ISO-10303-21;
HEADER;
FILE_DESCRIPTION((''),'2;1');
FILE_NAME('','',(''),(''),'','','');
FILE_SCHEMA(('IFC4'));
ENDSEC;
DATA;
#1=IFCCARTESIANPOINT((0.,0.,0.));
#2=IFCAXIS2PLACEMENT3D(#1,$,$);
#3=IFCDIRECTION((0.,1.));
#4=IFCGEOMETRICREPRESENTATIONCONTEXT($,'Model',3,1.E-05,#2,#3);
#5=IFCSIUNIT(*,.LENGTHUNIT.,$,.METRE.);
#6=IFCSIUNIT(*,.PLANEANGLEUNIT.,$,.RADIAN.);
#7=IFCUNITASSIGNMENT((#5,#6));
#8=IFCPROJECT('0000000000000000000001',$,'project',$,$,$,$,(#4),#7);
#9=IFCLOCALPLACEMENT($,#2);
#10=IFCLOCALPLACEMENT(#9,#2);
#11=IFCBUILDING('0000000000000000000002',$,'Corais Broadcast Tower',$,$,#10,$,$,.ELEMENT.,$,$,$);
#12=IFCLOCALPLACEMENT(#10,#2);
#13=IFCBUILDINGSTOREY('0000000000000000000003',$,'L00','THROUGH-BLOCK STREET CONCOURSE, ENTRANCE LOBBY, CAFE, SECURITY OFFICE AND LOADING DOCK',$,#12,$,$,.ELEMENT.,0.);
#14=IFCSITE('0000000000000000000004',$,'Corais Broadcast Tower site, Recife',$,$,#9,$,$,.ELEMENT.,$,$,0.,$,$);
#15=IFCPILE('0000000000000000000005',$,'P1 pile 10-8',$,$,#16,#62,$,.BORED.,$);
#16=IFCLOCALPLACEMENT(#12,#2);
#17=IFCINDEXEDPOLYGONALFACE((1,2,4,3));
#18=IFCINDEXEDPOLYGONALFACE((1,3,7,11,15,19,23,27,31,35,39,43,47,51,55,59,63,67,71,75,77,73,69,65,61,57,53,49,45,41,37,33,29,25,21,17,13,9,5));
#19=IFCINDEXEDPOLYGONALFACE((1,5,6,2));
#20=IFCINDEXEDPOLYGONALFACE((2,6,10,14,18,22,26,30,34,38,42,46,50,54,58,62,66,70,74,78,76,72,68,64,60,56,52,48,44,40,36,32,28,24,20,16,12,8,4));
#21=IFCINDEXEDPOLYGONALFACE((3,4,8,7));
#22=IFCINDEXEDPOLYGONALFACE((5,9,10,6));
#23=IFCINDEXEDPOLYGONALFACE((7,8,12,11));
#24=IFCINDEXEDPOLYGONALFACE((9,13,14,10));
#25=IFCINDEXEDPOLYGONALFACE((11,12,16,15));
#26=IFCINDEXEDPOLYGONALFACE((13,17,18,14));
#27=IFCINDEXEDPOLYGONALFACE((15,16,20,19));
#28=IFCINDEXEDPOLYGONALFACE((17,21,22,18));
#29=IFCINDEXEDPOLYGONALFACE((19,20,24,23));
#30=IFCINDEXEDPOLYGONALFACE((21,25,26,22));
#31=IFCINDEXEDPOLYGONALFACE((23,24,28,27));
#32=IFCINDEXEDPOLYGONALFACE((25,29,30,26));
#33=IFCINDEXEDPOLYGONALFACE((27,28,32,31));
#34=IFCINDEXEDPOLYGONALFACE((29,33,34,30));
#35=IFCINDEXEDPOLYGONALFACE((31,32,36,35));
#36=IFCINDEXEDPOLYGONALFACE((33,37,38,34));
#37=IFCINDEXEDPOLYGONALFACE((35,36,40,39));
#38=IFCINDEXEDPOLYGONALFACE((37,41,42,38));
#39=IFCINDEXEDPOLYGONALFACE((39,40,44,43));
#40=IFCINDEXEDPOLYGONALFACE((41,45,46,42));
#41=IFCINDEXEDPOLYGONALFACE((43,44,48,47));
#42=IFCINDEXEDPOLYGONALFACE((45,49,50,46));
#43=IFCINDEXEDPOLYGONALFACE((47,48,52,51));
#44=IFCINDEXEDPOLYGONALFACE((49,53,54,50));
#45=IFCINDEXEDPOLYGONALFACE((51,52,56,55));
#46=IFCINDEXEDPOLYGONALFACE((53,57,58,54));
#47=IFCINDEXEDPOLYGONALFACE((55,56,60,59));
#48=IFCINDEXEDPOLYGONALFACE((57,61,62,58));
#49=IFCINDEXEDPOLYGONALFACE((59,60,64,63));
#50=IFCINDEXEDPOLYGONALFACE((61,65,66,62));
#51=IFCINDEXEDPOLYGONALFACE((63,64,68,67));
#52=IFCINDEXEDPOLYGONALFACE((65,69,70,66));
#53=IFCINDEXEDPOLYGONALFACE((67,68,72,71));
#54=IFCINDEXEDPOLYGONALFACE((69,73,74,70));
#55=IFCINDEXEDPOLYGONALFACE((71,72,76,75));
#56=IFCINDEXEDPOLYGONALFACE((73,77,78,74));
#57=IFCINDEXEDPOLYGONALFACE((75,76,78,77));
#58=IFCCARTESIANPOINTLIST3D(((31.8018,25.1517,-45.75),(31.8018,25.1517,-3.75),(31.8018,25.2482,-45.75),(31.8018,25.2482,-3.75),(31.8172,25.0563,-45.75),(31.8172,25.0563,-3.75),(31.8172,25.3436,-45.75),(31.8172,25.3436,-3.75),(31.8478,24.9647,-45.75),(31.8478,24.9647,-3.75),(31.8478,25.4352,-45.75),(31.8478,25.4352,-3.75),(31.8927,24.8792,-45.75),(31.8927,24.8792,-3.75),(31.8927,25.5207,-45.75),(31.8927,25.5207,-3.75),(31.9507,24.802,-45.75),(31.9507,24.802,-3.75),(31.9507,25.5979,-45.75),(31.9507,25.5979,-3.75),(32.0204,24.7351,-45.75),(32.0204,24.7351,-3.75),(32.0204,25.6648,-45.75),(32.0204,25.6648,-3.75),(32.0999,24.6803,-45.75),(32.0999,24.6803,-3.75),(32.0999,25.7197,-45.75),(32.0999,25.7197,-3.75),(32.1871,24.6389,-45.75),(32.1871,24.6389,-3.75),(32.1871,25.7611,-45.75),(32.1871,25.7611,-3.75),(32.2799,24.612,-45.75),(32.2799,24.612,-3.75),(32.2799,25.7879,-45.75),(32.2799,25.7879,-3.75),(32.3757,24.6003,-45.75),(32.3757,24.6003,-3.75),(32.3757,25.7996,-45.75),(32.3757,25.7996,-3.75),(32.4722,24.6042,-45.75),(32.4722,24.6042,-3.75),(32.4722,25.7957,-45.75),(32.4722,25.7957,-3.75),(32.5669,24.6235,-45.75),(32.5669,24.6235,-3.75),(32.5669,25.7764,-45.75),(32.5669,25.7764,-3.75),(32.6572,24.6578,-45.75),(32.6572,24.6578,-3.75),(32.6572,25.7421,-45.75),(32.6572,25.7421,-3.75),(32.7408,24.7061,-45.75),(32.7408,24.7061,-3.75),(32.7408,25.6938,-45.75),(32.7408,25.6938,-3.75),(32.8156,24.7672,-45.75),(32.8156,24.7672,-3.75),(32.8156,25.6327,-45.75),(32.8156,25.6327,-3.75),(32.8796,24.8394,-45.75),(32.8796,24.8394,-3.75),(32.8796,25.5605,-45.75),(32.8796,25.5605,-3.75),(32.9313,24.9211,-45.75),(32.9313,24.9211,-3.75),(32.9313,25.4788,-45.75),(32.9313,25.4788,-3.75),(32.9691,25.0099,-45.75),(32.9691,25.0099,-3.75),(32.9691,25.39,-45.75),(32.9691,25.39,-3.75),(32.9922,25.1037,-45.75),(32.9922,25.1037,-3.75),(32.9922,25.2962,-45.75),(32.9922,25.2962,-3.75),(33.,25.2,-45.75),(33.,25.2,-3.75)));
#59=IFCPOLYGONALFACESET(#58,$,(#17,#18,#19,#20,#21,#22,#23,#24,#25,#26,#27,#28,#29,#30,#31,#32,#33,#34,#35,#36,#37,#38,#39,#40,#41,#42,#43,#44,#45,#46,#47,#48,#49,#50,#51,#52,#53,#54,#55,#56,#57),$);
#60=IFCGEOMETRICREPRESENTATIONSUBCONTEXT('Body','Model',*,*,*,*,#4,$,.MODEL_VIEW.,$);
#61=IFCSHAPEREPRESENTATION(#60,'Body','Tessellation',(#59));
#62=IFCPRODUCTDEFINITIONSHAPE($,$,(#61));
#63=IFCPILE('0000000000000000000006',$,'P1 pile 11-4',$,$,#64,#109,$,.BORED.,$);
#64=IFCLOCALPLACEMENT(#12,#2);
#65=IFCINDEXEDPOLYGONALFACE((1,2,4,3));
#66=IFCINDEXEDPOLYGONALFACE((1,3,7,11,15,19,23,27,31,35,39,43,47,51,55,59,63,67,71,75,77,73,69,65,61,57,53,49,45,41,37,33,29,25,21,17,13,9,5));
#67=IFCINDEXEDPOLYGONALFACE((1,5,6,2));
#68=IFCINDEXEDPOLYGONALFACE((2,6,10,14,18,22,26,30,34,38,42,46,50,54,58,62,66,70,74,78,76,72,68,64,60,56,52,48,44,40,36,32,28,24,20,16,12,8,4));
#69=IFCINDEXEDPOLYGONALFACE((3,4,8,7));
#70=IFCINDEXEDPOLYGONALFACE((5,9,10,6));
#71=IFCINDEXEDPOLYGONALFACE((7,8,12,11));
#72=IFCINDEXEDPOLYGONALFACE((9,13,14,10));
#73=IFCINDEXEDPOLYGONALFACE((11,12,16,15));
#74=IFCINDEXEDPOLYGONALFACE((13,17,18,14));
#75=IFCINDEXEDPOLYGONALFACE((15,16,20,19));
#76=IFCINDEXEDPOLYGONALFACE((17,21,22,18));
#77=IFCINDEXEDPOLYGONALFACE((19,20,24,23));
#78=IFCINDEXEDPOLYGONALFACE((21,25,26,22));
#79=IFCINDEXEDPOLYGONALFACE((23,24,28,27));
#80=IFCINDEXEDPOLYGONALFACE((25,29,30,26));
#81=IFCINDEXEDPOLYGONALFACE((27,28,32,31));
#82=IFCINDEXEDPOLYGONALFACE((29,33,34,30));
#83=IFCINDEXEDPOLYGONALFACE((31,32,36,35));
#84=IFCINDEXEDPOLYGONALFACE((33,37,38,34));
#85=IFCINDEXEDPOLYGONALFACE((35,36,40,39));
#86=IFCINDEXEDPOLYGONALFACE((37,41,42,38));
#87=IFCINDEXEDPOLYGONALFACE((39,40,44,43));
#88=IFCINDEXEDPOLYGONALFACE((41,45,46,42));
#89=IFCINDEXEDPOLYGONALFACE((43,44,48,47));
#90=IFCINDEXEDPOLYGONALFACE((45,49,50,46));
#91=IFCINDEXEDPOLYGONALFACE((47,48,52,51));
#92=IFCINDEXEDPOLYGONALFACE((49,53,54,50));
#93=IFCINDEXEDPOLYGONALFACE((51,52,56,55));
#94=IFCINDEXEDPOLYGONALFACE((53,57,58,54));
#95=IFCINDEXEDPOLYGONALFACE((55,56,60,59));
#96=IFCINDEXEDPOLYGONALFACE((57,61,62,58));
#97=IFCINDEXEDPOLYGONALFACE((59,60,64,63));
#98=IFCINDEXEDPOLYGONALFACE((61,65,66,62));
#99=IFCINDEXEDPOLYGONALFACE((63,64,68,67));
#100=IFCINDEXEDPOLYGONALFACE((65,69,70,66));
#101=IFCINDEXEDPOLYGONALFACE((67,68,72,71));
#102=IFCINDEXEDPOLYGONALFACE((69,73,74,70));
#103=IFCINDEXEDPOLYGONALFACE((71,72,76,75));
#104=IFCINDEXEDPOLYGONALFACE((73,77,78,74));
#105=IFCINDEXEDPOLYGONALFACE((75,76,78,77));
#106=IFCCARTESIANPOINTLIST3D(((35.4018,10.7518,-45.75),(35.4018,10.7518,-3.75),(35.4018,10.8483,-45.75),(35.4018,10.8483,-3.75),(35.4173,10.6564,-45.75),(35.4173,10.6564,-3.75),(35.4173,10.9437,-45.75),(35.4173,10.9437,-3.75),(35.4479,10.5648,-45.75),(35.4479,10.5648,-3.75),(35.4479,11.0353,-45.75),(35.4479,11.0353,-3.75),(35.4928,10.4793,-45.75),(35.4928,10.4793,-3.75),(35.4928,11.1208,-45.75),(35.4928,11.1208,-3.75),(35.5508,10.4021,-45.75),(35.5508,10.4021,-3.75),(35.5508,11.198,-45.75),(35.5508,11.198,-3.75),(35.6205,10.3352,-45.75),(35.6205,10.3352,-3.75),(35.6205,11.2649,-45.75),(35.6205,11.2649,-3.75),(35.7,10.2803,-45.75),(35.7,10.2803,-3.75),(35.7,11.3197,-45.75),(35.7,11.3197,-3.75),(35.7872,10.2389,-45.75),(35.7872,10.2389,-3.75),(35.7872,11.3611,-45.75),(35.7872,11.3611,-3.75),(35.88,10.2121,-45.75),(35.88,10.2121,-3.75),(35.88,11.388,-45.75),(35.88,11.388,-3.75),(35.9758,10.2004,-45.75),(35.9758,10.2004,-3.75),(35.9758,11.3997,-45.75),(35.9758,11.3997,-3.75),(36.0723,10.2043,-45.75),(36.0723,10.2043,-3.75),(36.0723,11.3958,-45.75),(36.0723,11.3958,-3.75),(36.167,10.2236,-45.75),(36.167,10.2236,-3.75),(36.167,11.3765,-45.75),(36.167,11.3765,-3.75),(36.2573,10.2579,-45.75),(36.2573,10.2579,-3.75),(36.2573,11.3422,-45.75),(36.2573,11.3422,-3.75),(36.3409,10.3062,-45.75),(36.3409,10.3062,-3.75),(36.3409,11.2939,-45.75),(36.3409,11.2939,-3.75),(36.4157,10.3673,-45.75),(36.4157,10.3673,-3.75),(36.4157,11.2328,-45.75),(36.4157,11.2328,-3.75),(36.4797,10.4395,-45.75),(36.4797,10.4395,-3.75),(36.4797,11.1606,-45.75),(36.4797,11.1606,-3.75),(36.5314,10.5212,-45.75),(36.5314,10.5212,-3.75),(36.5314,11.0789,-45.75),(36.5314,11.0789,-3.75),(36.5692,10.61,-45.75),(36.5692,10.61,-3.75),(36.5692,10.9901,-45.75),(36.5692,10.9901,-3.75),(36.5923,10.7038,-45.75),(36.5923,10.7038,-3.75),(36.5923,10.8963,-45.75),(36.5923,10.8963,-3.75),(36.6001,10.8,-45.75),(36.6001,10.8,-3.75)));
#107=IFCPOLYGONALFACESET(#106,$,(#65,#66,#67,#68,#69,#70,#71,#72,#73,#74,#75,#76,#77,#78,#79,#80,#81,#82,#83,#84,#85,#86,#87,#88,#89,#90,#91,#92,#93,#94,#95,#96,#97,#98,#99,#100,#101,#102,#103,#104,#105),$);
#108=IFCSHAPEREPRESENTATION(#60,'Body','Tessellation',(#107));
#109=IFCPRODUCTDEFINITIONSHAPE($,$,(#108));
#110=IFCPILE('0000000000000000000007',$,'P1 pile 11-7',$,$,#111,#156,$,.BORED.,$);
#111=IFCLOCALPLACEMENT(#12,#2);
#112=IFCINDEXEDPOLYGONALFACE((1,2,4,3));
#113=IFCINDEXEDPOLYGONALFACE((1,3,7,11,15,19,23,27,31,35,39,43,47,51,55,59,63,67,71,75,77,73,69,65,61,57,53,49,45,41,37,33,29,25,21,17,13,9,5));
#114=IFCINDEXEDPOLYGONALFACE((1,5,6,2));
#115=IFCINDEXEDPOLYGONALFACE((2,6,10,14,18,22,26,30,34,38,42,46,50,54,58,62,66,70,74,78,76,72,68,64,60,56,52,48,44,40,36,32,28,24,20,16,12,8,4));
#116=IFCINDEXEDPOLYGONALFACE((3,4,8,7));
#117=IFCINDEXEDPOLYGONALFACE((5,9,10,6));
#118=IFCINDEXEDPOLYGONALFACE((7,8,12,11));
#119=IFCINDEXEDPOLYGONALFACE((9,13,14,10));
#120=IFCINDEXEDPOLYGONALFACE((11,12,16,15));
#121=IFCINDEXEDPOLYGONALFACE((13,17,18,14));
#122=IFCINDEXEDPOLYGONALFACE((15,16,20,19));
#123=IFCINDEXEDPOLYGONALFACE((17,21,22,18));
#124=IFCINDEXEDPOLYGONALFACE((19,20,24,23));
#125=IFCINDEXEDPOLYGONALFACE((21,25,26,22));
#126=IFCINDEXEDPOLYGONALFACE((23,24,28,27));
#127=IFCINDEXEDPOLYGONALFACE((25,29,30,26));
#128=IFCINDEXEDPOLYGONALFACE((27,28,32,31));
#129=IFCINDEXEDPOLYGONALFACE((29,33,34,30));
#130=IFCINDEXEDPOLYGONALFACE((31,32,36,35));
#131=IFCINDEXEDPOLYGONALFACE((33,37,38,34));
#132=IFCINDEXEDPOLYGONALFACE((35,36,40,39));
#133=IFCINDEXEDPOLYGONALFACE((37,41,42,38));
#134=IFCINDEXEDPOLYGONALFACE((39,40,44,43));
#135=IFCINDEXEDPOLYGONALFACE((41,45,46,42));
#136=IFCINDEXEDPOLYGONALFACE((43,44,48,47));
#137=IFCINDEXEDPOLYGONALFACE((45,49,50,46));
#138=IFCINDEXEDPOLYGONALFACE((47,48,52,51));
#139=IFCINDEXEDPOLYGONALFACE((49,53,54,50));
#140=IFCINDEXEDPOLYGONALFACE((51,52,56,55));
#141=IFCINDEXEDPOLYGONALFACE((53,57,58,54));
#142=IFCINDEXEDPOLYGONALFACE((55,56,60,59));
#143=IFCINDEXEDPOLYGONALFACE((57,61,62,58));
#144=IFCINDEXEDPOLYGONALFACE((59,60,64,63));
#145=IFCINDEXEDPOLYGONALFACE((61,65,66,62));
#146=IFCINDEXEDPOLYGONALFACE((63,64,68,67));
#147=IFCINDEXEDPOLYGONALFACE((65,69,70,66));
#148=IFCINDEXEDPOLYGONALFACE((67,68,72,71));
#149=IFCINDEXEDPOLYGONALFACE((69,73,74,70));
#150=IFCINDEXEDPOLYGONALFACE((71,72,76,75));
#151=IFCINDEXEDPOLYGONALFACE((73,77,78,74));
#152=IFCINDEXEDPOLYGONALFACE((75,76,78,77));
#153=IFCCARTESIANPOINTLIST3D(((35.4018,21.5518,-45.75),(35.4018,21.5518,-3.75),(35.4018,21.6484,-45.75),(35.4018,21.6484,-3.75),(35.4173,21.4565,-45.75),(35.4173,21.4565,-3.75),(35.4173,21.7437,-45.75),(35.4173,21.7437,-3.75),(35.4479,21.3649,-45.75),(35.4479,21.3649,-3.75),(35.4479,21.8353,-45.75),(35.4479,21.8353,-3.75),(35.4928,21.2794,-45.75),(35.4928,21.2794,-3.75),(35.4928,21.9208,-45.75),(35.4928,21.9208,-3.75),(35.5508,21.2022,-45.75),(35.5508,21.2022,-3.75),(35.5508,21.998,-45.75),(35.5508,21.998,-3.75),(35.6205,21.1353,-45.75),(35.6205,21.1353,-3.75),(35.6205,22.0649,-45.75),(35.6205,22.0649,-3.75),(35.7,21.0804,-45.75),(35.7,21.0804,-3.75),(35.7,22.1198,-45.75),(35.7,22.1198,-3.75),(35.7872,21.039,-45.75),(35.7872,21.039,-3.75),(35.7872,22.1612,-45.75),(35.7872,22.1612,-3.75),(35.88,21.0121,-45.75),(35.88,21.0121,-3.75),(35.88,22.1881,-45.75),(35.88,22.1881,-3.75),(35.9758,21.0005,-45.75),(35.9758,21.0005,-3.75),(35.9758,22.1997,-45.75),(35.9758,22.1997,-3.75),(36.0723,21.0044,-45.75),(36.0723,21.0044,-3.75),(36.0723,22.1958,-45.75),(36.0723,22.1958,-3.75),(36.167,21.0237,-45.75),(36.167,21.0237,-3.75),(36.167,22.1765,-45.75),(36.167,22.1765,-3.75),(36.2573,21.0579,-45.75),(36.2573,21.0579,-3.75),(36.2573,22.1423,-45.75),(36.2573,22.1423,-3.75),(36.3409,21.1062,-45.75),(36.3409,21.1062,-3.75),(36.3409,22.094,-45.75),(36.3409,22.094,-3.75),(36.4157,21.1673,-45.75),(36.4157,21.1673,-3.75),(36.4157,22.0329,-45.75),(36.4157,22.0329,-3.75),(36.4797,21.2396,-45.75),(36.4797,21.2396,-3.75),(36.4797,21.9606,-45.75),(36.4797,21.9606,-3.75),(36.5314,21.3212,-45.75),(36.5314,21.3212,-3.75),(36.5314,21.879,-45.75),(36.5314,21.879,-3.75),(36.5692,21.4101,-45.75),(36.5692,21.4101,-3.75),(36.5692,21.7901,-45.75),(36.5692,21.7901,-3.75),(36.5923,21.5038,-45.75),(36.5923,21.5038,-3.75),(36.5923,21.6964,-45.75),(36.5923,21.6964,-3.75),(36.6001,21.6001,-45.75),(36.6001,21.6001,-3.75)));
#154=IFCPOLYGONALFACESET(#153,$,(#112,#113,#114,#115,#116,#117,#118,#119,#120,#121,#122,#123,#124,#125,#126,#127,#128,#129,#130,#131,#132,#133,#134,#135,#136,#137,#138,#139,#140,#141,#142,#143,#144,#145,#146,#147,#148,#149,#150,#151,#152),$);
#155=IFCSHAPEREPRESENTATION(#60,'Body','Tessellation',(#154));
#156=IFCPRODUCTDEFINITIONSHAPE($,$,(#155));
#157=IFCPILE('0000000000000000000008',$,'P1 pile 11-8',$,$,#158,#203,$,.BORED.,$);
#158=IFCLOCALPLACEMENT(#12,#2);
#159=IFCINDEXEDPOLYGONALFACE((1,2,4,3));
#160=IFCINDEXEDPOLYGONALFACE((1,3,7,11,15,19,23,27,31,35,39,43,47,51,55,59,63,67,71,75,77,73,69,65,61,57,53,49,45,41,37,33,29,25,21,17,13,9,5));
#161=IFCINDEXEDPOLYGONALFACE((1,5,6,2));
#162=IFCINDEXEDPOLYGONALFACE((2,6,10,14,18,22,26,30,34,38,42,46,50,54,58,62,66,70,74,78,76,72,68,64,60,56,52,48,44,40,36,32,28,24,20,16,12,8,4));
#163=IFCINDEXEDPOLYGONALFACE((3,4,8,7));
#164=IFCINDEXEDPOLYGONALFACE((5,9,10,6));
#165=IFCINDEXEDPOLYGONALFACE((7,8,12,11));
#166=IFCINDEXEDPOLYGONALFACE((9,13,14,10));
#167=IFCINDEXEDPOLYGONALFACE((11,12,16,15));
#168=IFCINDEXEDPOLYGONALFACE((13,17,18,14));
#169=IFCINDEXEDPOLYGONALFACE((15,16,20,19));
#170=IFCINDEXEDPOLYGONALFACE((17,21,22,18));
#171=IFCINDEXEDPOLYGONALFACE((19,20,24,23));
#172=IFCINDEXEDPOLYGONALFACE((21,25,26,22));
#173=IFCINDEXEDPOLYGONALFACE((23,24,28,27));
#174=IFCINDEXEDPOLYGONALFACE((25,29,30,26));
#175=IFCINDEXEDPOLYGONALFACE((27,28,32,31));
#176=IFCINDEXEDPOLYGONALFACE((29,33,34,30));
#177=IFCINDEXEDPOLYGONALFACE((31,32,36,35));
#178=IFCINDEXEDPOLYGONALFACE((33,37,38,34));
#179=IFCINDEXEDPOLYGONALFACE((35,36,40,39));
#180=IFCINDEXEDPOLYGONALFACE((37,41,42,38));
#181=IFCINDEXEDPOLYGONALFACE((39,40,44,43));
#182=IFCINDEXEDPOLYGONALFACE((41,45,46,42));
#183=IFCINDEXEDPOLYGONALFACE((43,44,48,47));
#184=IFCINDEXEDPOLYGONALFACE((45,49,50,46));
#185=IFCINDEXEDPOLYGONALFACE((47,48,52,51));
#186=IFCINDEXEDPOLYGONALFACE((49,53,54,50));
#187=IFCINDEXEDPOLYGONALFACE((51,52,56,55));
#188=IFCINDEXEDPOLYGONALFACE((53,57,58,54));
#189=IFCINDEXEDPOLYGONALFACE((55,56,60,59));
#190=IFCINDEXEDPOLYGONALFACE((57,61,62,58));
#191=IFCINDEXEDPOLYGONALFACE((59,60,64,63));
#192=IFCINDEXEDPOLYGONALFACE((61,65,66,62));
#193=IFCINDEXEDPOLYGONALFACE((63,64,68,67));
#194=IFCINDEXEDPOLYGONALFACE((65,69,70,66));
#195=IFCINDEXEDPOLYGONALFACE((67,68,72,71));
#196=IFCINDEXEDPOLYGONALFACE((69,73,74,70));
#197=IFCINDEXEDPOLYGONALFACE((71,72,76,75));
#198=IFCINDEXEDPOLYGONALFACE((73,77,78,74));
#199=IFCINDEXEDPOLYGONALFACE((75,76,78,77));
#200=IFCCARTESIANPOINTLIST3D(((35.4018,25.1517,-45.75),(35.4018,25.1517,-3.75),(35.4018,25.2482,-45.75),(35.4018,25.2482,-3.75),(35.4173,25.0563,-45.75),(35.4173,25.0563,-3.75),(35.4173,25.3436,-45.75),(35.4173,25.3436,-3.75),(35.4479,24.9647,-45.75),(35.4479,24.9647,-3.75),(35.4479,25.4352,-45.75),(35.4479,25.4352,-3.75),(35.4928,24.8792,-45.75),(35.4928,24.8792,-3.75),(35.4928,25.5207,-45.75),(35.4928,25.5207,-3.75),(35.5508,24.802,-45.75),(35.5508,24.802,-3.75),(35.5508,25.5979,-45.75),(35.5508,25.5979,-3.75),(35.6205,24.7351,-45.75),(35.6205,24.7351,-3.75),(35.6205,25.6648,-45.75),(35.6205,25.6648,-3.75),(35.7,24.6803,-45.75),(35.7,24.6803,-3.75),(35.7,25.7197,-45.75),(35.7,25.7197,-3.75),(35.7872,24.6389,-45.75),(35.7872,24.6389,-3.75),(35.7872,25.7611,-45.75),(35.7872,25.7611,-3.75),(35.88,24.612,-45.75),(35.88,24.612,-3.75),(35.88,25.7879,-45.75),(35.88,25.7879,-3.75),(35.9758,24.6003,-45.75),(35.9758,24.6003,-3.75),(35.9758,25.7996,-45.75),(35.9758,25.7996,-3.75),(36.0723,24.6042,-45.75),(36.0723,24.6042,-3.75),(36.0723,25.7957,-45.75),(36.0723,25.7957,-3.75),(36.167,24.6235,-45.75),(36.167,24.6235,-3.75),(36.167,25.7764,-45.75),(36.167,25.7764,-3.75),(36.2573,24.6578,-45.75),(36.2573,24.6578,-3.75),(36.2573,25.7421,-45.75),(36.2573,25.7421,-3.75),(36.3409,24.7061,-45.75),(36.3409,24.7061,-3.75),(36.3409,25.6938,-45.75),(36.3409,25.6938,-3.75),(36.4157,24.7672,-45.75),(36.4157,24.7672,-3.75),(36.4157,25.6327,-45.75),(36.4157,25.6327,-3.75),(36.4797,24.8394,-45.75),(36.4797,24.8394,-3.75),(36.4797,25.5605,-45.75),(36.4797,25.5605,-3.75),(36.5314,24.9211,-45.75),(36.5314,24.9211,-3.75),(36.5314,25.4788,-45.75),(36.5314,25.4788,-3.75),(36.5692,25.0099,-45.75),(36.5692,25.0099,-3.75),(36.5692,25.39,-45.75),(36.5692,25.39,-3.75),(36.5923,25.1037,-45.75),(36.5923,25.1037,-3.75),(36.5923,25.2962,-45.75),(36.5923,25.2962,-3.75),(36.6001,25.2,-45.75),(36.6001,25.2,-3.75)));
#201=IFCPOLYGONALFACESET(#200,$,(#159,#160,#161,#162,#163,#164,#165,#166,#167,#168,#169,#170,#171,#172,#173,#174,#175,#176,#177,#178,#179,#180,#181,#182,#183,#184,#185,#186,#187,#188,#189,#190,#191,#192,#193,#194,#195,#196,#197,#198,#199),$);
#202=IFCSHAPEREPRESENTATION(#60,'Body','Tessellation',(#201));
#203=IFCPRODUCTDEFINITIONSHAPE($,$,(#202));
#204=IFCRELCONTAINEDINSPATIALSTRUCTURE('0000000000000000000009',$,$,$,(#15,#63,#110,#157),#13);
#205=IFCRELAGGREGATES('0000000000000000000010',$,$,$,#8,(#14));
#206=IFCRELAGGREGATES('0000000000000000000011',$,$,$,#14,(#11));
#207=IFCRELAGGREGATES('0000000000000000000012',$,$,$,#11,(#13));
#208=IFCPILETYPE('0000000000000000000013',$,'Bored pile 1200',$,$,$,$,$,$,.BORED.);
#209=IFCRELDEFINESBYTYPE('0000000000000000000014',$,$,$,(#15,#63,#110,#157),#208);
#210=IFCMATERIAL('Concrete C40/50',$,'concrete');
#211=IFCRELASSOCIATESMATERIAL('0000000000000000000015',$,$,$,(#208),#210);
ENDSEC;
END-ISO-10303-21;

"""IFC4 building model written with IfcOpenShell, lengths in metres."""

from ifc_helpers import new_model, si_unit, direction, frame, origin, origin_2d, place, context, subcontext, project, spatial, circle, extrude, material, type_object, element, save


model = new_model("IFC4")

# Units and contexts
model_context = context("Model", 3, precision=1e-05, world=origin(), true_north=direction((0.0, 1.0)))
body_context = subcontext(model_context, "Body", "Model", "MODEL_VIEW")
ifc_project = project(units=[si_unit("LENGTHUNIT", "METRE"), si_unit("PLANEANGLEUNIT", "RADIAN")], contexts=[model_context])

# Site, building, storey
site_placement = place(None, origin())
site = spatial("IfcSite", under=ifc_project, at=site_placement, Name="Corais Broadcast Tower site, Recife", CompositionType="ELEMENT", RefElevation=0.0)
building_placement = place(site_placement, origin())
building = spatial("IfcBuilding", under=site, at=building_placement, Name="Corais Broadcast Tower", CompositionType="ELEMENT")
storey_placement = place(building_placement, origin())
storey = spatial("IfcBuildingStorey", under=building, at=storey_placement, Name="L00", Description="THROUGH-BLOCK STREET CONCOURSE, ENTRANCE LOBBY, CAFE, SECURITY OFFICE AND LOADING DOCK", CompositionType="ELEMENT", Elevation=0.0)

# Piles
ifc_material_1 = material(Name="Concrete C40/50", Category="concrete")
pile_type = type_object("IfcPileType", Name="Bored pile 1200", PredefinedType="BORED", material=ifc_material_1)
for number, where, z_axis, x_axis, name in (
    (1, (32.3999, 25.2, -3.75), (0.0, 0.0, -1.0), (1.0, 0.0, 0.0), "P1 pile 10-8"),
    (2, (36.0, 10.8, -3.75), (0.0, 0.0, -1.0), (1.0, 0.0, 0.0), "P1 pile 11-4"),
    (3, (36.0, 21.6001, -3.75), (0.0, 0.0, -1.0), (1.0, 0.0, 0.0), "P1 pile 11-7"),
    (4, (36.0, 25.2, -3.75), (0.0, 0.0, -1.0), (1.0, 0.0, 0.0), "P1 pile 11-8"),
):
    element("IfcPile", number, at=place(storey_placement, frame(where, z_axis=z_axis, x_axis=x_axis)), inside=storey, type_object=pile_type, Name=name, PredefinedType="BORED", context=body_context, shape_type="SweptSolid", body=[
        extrude(circle(Radius=0.6001, at=origin_2d()), origin(), (0.0, 0.0, 1.0), 42.0),
    ])

save(model, "model.ifc")
